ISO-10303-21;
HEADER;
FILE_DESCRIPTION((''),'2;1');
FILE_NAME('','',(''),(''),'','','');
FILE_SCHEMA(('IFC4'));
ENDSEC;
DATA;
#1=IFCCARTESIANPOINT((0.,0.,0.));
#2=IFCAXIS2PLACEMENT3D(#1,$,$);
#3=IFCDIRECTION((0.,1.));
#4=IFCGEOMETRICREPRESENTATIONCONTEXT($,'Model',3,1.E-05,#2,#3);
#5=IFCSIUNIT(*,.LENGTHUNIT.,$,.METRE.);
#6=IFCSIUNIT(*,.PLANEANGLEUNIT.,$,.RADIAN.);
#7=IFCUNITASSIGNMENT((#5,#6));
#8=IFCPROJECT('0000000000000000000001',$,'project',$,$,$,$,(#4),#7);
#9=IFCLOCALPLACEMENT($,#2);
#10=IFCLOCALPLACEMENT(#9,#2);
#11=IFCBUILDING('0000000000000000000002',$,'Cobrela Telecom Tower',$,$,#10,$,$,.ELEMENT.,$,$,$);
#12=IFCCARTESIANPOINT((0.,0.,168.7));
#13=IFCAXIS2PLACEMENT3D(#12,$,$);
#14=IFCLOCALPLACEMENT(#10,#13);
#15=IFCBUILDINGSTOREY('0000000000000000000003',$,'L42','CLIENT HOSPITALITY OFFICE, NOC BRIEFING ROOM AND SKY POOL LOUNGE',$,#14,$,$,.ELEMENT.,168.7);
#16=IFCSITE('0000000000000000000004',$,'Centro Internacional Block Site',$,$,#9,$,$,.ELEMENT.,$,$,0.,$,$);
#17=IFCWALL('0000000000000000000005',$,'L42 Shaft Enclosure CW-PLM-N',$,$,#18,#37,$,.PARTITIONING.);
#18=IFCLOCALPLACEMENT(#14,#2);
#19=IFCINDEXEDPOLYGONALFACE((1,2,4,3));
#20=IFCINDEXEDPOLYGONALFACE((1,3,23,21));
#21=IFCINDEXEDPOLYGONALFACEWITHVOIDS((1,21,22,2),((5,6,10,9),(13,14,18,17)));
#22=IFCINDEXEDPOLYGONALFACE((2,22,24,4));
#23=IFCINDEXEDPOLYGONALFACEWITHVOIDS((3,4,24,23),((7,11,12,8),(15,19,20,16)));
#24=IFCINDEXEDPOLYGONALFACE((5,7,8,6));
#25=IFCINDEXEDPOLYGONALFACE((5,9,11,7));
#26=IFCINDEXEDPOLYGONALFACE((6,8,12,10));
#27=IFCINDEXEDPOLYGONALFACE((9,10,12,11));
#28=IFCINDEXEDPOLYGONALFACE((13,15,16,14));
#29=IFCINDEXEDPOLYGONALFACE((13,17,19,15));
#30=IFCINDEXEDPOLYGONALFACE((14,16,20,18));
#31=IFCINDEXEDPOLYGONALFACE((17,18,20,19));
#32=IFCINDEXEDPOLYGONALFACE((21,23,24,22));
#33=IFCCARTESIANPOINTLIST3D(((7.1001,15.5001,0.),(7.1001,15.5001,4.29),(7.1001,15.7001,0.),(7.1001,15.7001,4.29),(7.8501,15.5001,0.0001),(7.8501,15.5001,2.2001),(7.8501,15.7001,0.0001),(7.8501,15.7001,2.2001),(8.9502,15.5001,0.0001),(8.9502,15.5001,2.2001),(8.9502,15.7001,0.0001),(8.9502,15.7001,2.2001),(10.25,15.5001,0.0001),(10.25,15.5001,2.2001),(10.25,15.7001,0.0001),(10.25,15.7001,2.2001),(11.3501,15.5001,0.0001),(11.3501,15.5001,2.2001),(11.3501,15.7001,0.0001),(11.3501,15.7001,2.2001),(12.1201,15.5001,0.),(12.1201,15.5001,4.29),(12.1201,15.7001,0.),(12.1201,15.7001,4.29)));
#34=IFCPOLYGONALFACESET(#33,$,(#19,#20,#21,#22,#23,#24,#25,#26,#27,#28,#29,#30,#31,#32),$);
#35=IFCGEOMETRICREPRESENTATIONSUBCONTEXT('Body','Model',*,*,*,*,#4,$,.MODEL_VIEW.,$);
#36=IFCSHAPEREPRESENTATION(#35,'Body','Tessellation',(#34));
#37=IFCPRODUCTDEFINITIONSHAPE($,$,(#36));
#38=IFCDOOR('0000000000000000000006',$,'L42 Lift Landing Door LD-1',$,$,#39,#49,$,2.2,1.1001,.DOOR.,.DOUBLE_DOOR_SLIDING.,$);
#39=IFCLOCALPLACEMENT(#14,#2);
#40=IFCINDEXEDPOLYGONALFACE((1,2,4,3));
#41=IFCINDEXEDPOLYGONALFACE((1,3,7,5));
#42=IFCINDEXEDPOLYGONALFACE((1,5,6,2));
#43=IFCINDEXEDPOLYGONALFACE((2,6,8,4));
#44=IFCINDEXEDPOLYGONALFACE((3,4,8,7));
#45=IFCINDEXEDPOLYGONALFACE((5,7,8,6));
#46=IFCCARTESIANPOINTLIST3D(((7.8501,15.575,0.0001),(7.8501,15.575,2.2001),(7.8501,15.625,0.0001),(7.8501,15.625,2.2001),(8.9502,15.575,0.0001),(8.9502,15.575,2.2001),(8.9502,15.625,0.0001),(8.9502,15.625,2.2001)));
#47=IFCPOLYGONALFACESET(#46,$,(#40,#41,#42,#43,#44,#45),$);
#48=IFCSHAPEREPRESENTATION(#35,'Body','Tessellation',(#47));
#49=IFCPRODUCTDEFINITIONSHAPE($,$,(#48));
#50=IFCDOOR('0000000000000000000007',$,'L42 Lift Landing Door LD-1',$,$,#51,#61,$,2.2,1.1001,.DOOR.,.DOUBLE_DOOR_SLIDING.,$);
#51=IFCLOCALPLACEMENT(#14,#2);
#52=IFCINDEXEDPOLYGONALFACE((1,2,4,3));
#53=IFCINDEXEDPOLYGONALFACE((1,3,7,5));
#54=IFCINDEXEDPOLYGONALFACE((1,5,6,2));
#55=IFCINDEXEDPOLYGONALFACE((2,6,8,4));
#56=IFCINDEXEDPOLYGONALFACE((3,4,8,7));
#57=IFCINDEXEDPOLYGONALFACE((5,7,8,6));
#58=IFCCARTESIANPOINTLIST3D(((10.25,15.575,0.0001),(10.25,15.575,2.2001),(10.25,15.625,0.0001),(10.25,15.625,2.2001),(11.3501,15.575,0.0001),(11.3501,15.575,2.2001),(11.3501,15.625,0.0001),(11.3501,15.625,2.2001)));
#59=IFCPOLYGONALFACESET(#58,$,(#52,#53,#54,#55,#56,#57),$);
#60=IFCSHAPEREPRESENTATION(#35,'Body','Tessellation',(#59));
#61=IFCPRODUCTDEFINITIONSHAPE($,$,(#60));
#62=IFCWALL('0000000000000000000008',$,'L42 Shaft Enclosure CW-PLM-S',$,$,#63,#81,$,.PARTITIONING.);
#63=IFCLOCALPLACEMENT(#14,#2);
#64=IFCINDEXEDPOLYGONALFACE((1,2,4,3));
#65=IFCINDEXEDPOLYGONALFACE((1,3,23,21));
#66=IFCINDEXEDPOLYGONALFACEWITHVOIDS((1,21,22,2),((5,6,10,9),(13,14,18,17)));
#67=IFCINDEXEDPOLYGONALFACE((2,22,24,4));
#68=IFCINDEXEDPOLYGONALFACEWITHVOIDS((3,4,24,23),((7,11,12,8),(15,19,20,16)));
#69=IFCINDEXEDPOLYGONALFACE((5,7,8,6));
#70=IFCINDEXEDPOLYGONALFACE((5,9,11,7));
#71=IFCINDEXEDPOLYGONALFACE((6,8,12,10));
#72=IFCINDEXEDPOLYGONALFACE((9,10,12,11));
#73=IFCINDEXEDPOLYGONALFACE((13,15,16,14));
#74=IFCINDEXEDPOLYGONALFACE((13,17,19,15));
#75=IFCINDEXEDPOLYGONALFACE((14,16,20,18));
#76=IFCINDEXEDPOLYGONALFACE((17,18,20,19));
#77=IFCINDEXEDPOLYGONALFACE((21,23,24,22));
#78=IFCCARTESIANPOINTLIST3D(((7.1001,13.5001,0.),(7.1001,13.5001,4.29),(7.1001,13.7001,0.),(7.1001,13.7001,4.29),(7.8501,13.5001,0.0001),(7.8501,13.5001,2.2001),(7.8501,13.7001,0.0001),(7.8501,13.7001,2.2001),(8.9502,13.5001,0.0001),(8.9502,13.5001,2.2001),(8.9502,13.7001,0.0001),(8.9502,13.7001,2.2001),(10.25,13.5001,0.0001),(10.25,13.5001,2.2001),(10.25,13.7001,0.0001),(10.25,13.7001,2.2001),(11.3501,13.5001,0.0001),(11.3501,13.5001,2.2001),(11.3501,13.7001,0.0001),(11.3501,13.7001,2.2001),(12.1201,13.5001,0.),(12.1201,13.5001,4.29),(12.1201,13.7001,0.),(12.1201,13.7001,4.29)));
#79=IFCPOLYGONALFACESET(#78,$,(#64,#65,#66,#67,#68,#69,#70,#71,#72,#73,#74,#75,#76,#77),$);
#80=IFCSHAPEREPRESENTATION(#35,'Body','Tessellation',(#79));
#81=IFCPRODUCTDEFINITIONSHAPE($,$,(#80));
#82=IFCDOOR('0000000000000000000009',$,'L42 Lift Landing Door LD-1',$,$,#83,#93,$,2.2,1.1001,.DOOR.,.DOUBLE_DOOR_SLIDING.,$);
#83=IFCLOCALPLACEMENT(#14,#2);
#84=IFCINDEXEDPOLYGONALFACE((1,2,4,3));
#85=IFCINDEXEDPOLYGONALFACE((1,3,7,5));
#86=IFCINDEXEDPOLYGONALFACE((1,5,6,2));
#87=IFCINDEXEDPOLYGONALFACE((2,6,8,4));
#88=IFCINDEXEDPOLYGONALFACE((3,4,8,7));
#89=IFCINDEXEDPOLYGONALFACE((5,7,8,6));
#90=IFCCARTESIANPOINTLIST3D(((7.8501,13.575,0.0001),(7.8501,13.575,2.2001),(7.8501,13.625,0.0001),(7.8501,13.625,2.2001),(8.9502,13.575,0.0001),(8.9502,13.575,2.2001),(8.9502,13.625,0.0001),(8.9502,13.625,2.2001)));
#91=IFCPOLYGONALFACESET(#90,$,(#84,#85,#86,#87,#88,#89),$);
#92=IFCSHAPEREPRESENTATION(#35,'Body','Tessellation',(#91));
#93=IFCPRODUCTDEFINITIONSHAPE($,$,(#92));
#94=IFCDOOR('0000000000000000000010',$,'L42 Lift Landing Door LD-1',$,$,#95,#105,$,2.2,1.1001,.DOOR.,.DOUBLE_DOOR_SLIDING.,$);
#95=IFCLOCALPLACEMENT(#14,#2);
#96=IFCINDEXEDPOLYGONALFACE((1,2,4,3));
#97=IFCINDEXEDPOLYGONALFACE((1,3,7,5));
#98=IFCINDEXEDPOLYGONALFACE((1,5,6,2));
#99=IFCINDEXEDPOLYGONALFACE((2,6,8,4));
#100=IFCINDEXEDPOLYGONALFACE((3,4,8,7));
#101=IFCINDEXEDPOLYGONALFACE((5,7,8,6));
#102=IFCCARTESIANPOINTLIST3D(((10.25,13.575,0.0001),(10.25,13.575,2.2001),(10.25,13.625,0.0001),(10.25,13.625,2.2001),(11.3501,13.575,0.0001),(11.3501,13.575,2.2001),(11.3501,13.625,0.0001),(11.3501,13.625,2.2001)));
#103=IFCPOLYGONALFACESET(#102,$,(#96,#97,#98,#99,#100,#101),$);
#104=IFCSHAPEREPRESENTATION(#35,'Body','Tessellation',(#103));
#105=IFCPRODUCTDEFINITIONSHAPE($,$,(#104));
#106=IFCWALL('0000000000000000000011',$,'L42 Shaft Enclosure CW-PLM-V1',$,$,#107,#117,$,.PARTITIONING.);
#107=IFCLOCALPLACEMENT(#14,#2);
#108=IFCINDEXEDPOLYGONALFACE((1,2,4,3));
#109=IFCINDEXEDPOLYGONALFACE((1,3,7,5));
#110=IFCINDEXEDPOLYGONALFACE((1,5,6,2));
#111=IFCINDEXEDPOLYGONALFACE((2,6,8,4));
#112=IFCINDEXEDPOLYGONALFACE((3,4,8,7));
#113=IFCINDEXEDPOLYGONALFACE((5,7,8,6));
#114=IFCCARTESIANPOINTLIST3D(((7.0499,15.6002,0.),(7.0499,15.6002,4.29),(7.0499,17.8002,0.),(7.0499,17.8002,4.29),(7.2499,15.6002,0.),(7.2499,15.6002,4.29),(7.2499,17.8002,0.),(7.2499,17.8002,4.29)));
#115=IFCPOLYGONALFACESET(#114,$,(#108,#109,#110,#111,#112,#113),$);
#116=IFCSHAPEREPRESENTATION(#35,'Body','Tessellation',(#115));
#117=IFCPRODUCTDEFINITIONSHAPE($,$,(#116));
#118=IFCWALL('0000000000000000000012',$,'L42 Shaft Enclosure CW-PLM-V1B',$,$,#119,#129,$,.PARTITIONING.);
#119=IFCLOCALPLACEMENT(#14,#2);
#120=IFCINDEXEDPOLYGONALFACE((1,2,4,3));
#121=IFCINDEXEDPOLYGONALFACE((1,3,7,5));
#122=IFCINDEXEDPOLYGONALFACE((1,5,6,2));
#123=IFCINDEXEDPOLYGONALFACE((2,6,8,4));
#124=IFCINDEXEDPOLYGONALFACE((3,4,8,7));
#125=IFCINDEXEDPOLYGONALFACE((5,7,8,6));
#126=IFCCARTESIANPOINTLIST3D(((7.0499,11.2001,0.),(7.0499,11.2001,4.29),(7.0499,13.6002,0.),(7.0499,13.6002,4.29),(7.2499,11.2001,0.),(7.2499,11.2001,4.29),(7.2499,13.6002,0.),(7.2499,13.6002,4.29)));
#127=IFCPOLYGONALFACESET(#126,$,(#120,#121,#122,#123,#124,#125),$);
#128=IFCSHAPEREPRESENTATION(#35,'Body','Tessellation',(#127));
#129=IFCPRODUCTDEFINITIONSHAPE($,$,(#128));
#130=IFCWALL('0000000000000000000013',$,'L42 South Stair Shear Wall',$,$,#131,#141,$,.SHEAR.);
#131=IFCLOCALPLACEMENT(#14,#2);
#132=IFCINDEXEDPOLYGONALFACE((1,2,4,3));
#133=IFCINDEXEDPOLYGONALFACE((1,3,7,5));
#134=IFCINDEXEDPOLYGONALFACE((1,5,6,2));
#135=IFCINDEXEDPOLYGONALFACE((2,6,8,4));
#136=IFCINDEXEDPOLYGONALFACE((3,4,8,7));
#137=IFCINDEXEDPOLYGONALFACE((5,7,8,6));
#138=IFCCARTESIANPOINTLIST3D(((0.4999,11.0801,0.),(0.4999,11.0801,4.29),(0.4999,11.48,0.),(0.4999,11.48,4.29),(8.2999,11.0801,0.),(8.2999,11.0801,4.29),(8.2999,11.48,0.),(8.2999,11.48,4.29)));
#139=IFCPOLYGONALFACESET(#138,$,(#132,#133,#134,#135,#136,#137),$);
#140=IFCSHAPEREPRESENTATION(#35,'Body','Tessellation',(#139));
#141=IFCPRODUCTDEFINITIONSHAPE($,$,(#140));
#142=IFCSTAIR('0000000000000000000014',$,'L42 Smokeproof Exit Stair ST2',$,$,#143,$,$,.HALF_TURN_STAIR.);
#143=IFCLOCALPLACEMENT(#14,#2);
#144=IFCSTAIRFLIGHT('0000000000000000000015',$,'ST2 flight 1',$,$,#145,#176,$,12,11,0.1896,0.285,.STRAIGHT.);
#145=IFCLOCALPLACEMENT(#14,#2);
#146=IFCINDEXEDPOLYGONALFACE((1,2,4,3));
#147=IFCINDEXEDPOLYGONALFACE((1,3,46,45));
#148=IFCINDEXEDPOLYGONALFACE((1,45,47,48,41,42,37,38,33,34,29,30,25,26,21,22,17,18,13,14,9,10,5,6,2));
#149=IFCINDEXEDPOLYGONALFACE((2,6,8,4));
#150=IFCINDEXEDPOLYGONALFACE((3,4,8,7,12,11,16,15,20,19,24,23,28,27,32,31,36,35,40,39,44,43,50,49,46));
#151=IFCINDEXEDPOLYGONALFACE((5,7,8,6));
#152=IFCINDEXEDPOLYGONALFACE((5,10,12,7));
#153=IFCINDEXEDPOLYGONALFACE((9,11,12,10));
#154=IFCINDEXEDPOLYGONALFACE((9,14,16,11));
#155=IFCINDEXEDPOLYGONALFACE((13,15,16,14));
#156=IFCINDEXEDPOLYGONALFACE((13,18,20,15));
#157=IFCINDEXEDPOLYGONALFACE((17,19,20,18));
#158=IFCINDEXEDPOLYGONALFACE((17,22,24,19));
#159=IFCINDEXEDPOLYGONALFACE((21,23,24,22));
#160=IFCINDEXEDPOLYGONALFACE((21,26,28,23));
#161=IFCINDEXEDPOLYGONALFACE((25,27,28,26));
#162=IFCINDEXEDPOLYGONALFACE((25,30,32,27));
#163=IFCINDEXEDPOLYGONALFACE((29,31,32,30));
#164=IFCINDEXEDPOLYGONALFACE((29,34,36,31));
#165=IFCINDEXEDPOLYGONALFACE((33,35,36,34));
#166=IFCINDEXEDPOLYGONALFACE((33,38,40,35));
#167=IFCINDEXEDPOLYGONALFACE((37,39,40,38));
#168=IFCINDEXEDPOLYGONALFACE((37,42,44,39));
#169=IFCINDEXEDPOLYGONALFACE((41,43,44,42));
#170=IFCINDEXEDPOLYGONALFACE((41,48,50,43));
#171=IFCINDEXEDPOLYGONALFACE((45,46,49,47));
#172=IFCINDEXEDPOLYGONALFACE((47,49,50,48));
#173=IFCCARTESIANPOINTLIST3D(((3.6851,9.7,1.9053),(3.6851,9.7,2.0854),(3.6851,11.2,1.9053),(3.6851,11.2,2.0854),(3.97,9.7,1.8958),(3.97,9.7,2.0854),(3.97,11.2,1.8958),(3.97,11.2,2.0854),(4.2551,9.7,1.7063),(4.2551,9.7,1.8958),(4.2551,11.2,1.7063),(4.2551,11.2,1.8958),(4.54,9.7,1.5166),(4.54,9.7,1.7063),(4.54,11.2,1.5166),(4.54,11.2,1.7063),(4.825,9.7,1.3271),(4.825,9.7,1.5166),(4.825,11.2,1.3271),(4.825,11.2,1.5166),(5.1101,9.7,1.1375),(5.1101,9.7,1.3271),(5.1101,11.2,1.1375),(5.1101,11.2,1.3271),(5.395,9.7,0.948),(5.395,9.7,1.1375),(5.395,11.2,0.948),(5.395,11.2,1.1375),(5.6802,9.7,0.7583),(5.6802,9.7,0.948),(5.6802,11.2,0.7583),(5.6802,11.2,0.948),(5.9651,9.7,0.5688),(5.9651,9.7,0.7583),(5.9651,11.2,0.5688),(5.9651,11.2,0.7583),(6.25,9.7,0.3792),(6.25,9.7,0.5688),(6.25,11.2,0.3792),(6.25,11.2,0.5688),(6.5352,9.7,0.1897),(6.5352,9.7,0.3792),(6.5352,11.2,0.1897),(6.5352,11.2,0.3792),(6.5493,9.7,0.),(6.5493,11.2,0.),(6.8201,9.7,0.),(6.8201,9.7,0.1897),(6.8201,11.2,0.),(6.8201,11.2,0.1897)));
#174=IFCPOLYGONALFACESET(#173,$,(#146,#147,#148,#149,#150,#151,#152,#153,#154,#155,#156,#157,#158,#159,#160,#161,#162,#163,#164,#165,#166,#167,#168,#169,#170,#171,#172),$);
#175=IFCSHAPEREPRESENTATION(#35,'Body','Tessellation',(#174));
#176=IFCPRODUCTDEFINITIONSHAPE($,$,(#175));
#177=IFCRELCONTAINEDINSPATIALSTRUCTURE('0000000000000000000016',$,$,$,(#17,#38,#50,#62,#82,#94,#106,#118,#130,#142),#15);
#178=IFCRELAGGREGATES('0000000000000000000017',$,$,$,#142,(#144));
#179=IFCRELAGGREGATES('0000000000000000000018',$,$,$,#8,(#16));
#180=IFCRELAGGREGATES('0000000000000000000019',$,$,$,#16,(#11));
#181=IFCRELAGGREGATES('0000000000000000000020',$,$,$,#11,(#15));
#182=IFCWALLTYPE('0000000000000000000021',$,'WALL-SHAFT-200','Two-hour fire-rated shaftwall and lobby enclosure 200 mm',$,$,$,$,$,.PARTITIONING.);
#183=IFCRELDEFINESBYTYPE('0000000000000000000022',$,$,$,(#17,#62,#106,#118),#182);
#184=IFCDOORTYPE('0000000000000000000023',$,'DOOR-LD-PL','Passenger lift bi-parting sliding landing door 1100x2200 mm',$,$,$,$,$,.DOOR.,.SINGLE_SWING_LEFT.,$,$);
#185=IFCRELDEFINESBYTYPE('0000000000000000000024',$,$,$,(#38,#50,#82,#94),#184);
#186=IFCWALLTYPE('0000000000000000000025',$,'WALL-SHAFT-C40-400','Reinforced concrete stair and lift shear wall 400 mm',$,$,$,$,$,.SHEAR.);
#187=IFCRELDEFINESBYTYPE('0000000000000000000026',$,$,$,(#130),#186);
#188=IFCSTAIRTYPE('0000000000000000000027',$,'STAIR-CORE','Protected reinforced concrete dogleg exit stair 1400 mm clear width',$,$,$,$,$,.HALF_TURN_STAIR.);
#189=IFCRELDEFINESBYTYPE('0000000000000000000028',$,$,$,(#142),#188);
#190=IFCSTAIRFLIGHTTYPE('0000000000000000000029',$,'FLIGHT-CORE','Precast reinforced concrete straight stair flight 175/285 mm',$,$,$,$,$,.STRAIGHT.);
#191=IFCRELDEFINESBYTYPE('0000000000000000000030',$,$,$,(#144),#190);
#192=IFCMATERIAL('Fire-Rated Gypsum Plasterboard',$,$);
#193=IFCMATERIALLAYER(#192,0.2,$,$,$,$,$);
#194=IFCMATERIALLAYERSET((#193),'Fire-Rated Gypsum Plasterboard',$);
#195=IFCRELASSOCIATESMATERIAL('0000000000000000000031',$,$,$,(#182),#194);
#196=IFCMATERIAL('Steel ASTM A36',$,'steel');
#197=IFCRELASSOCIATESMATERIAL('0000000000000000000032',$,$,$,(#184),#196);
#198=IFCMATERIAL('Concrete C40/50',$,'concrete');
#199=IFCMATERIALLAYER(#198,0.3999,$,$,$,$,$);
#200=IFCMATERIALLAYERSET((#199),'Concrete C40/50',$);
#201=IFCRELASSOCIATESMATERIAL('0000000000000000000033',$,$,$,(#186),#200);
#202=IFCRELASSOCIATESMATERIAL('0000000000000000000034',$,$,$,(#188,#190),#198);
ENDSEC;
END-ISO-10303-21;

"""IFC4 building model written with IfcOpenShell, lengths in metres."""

from ifc_helpers import new_model, si_unit, direction, frame, frame_2d, origin, place, context, subcontext, project, spatial, polyline, rectangle, outline, extrude, material, layer, layer_set, type_object, element, fill, aggregate, save


model = new_model("IFC4")

# Units and contexts
model_context = context("Model", 3, precision=1e-05, world=origin(), true_north=direction((0.0, 1.0)))
body_context = subcontext(model_context, "Body", "Model", "MODEL_VIEW")
ifc_project = project(units=[si_unit("LENGTHUNIT", "METRE"), si_unit("PLANEANGLEUNIT", "RADIAN")], contexts=[model_context])

# Site, building, storey
site_placement = place(None, origin())
site = spatial("IfcSite", under=ifc_project, at=site_placement, Name="Centro Internacional Block Site", CompositionType="ELEMENT", RefElevation=0.0)
building_placement = place(site_placement, origin())
building = spatial("IfcBuilding", under=site, at=building_placement, Name="Cobrela Telecom Tower", CompositionType="ELEMENT")
storey_placement = place(building_placement, frame((0.0, 0.0, 168.7)))
storey = spatial("IfcBuildingStorey", under=building, at=storey_placement, Name="L42", Description="CLIENT HOSPITALITY OFFICE, NOC BRIEFING ROOM AND SKY POOL LOUNGE", CompositionType="ELEMENT", Elevation=168.7)

# Shared definitions
ifc_material_1 = material(Name="Fire-Rated Gypsum Plasterboard")

# Shared definitions
ifc_layer_1 = layer(ifc_material_1, 0.2)
ifc_layer_set_1 = layer_set([ifc_layer_1], Name="Fire-Rated Gypsum Plasterboard")
wall_type_1 = type_object("IfcWallType", Name="WALL-SHAFT-200", Description="Two-hour fire-rated shaftwall and lobby enclosure 200 mm", PredefinedType="PARTITIONING", material=ifc_layer_set_1)
ifc_material_2 = material(Name="Steel ASTM A36", Category="steel")
door_type_1 = type_object("IfcDoorType", Name="DOOR-LD-PL", Description="Passenger lift bi-parting sliding landing door 1100x2200 mm", OperationType="SINGLE_SWING_LEFT", PredefinedType="DOOR", material=ifc_material_2)

# Walls, openings, doors
wall_1_placement = place(storey_placement, frame((7.1001, 15.6001, 0.0), z_axis=(0.0, 0.0, 1.0), x_axis=(1.0, 0.0, 0.0)))
wall_1 = element("IfcWall", 1, at=wall_1_placement, inside=storey, type_object=wall_type_1, Name="L42 Shaft Enclosure CW-PLM-N", PredefinedType="PARTITIONING", context=body_context, shape_type="SweptSolid", body=[
    extrude(rectangle(XDim=5.02, YDim=0.2, at=frame_2d((2.51, 0.0))), origin(), (0.0, 0.0, 1.0), 4.29),
])
opening_1_placement = place(wall_1_placement, frame((0.75, 0.0, 0.0)))
opening_1 = element("IfcOpeningElement", 2, at=opening_1_placement, cuts=wall_1, PredefinedType="OPENING", context=body_context, shape_type="SweptSolid", body=[
    extrude(rectangle(XDim=1.1001, YDim=2.2, at=frame_2d((0.55, 1.1001))), frame((0.0, 0.1118, 0.0), z_axis=(0.0, -1.0, 0.0), x_axis=(1.0, 0.0, 0.0)), (0.0, 0.0, 1.0), 0.2239),
])
opening_2_placement = place(wall_1_placement, frame((3.1499, 0.0, 0.0)))
opening_2 = element("IfcOpeningElement", 3, at=opening_2_placement, cuts=wall_1, PredefinedType="OPENING", context=body_context, shape_type="SweptSolid", body=[
    extrude(rectangle(XDim=1.1001, YDim=2.2, at=frame_2d((0.55, 1.1001))), frame((0.0, 0.1118, 0.0), z_axis=(0.0, -1.0, 0.0), x_axis=(1.0, 0.0, 0.0)), (0.0, 0.0, 1.0), 0.2239),
])
door_1_placement = place(opening_1_placement, origin())
door_1 = element("IfcDoor", 4, at=door_1_placement, inside=storey, type_object=door_type_1, Name="L42 Lift Landing Door LD-1", OperationType="DOUBLE_DOOR_SLIDING", OverallHeight=2.2, OverallWidth=1.1001, PredefinedType="DOOR", context=body_context, shape_type="SweptSolid", body=[
    extrude(rectangle(XDim=1.1001, YDim=2.2, at=frame_2d((0.55, 1.1001))), frame((0.0, 0.0249, 0.0), z_axis=(0.0, -1.0, 0.0), x_axis=(1.0, 0.0, 0.0)), (0.0, 0.0, 1.0), 0.05),
])
fill(opening_1, door_1)
door_2_placement = place(opening_2_placement, origin())
door_2 = element("IfcDoor", 5, at=door_2_placement, inside=storey, type_object=door_type_1, Name="L42 Lift Landing Door LD-1", OperationType="DOUBLE_DOOR_SLIDING", OverallHeight=2.2, OverallWidth=1.1001, PredefinedType="DOOR", context=body_context, shape_type="SweptSolid", body=[
    extrude(rectangle(XDim=1.1001, YDim=2.2, at=frame_2d((0.55, 1.1001))), frame((0.0, 0.0249, 0.0), z_axis=(0.0, -1.0, 0.0), x_axis=(1.0, 0.0, 0.0)), (0.0, 0.0, 1.0), 0.05),
])
fill(opening_2, door_2)
wall_2_placement = place(storey_placement, frame((7.1001, 13.6001, 0.0), z_axis=(0.0, 0.0, 1.0), x_axis=(1.0, 0.0, 0.0)))
wall_2 = element("IfcWall", 6, at=wall_2_placement, inside=storey, type_object=wall_type_1, Name="L42 Shaft Enclosure CW-PLM-S", PredefinedType="PARTITIONING", context=body_context, shape_type="SweptSolid", body=[
    extrude(rectangle(XDim=5.02, YDim=0.2, at=frame_2d((2.51, 0.0))), origin(), (0.0, 0.0, 1.0), 4.29),
])
opening_3_placement = place(wall_2_placement, frame((0.75, 0.0, 0.0)))
opening_3 = element("IfcOpeningElement", 7, at=opening_3_placement, cuts=wall_2, PredefinedType="OPENING", context=body_context, shape_type="SweptSolid", body=[
    extrude(rectangle(XDim=1.1001, YDim=2.2, at=frame_2d((0.55, 1.1001))), frame((0.0, 0.1118, 0.0), z_axis=(0.0, -1.0, 0.0), x_axis=(1.0, 0.0, 0.0)), (0.0, 0.0, 1.0), 0.2239),
])
opening_4_placement = place(wall_2_placement, frame((3.1499, 0.0, 0.0)))
opening_4 = element("IfcOpeningElement", 8, at=opening_4_placement, cuts=wall_2, PredefinedType="OPENING", context=body_context, shape_type="SweptSolid", body=[
    extrude(rectangle(XDim=1.1001, YDim=2.2, at=frame_2d((0.55, 1.1001))), frame((0.0, 0.1118, 0.0), z_axis=(0.0, -1.0, 0.0), x_axis=(1.0, 0.0, 0.0)), (0.0, 0.0, 1.0), 0.2239),
])
door_3_placement = place(opening_3_placement, origin())
door_3 = element("IfcDoor", 9, at=door_3_placement, inside=storey, type_object=door_type_1, Name="L42 Lift Landing Door LD-1", OperationType="DOUBLE_DOOR_SLIDING", OverallHeight=2.2, OverallWidth=1.1001, PredefinedType="DOOR", context=body_context, shape_type="SweptSolid", body=[
    extrude(rectangle(XDim=1.1001, YDim=2.2, at=frame_2d((0.55, 1.1001))), frame((0.0, 0.0249, 0.0), z_axis=(0.0, -1.0, 0.0), x_axis=(1.0, 0.0, 0.0)), (0.0, 0.0, 1.0), 0.05),
])
fill(opening_3, door_3)
door_4_placement = place(opening_4_placement, origin())
door_4 = element("IfcDoor", 10, at=door_4_placement, inside=storey, type_object=door_type_1, Name="L42 Lift Landing Door LD-1", OperationType="DOUBLE_DOOR_SLIDING", OverallHeight=2.2, OverallWidth=1.1001, PredefinedType="DOOR", context=body_context, shape_type="SweptSolid", body=[
    extrude(rectangle(XDim=1.1001, YDim=2.2, at=frame_2d((0.55, 1.1001))), frame((0.0, 0.0249, 0.0), z_axis=(0.0, -1.0, 0.0), x_axis=(1.0, 0.0, 0.0)), (0.0, 0.0, 1.0), 0.05),
])
fill(opening_4, door_4)

# Walls
wall_3_placement = place(storey_placement, frame((7.1499, 15.6001, 0.0), z_axis=(0.0, 0.0, 1.0), x_axis=(0.0, 1.0, 0.0)))
element("IfcWall", 11, at=wall_3_placement, inside=storey, type_object=wall_type_1, Name="L42 Shaft Enclosure CW-PLM-V1", PredefinedType="PARTITIONING", context=body_context, shape_type="SweptSolid", body=[
    extrude(rectangle(XDim=2.2, YDim=0.2, at=frame_2d((1.1001, 0.0))), origin(), (0.0, 0.0, 1.0), 4.29),
])
wall_4_placement = place(storey_placement, frame((7.1499, 11.2, 0.0), z_axis=(0.0, 0.0, 1.0), x_axis=(0.0, 1.0, 0.0)))
element("IfcWall", 12, at=wall_4_placement, inside=storey, type_object=wall_type_1, Name="L42 Shaft Enclosure CW-PLM-V1B", PredefinedType="PARTITIONING", context=body_context, shape_type="SweptSolid", body=[
    extrude(rectangle(XDim=2.4001, YDim=0.2, at=frame_2d((1.2002, 0.0))), origin(), (0.0, 0.0, 1.0), 4.29),
])
ifc_material_3 = material(Name="Concrete C40/50", Category="concrete")
ifc_layer_2 = layer(ifc_material_3, 0.3999)
ifc_layer_set_2 = layer_set([ifc_layer_2], Name="Concrete C40/50")
wall_type_2 = type_object("IfcWallType", Name="WALL-SHAFT-C40-400", Description="Reinforced concrete stair and lift shear wall 400 mm", PredefinedType="SHEAR", material=ifc_layer_set_2)
wall_5_placement = place(storey_placement, frame((0.5, 11.28, 0.0), z_axis=(0.0, 0.0, 1.0), x_axis=(1.0, 0.0, 0.0)))
element("IfcWall", 13, at=wall_5_placement, inside=storey, type_object=wall_type_2, Name="L42 South Stair Shear Wall", PredefinedType="SHEAR", context=body_context, shape_type="SweptSolid", body=[
    extrude(rectangle(XDim=7.8, YDim=0.3999, at=frame_2d((3.8999, 0.0))), origin(), (0.0, 0.0, 1.0), 4.29),
])

# Stair, stair flight
stair_type = type_object("IfcStairType", Name="STAIR-CORE", Description="Protected reinforced concrete dogleg exit stair 1400 mm clear width", PredefinedType="HALF_TURN_STAIR", material=ifc_material_3)
stair_placement = place(storey_placement, origin())
stair = element("IfcStair", 14, at=stair_placement, inside=storey, type_object=stair_type, Name="L42 Smokeproof Exit Stair ST2", PredefinedType="HALF_TURN_STAIR")
stair_flight_type = type_object("IfcStairFlightType", Name="FLIGHT-CORE", Description="Precast reinforced concrete straight stair flight 175/285 mm", PredefinedType="STRAIGHT", material=ifc_material_3)
stair_flight_1_placement = place(storey_placement, frame((6.8201, 10.45, 0.0), z_axis=(0.0, 0.0, 1.0), x_axis=(-1.0, 0.0, 0.0)))
stair_flight_1 = element("IfcStairFlight", 15, at=stair_flight_1_placement, type_object=stair_flight_type, Name="ST2 flight 1", NumberOfRisers=12, NumberOfTreads=11, PredefinedType="STRAIGHT", RiserHeight=0.1896, TreadLength=0.285, context=body_context, shape_type="SweptSolid", body=[
    extrude(outline(polyline([(0.0, 0.0), (0.0, 0.1897), (0.2849, 0.1897), (0.2849, 0.3792), (0.5701, 0.3792), (0.5701, 0.5688), (0.855, 0.5688), (0.855, 0.7583), (1.1399, 0.7583), (1.1399, 0.948), (1.425, 0.948), (1.425, 1.1375), (1.71, 1.1375), (1.71, 1.3271), (1.9951, 1.3271), (1.9951, 1.5166), (2.28, 1.5166), (2.28, 1.7063), (2.5649, 1.7063), (2.5649, 1.8958), (2.8501, 1.8958), (2.8501, 2.0854), (3.135, 2.0854), (3.135, 2.2749), (3.135, 1.9053), (0.2708, 0.0), (0.0, 0.0)])), frame((0.0, 0.75, 0.0), z_axis=(0.0, -1.0, 0.0), x_axis=(1.0, 0.0, 0.0)), (0.0, 0.0, 1.0), 1.5),
])
aggregate(stair, [stair_flight_1])

save(model, "model.ifc")
